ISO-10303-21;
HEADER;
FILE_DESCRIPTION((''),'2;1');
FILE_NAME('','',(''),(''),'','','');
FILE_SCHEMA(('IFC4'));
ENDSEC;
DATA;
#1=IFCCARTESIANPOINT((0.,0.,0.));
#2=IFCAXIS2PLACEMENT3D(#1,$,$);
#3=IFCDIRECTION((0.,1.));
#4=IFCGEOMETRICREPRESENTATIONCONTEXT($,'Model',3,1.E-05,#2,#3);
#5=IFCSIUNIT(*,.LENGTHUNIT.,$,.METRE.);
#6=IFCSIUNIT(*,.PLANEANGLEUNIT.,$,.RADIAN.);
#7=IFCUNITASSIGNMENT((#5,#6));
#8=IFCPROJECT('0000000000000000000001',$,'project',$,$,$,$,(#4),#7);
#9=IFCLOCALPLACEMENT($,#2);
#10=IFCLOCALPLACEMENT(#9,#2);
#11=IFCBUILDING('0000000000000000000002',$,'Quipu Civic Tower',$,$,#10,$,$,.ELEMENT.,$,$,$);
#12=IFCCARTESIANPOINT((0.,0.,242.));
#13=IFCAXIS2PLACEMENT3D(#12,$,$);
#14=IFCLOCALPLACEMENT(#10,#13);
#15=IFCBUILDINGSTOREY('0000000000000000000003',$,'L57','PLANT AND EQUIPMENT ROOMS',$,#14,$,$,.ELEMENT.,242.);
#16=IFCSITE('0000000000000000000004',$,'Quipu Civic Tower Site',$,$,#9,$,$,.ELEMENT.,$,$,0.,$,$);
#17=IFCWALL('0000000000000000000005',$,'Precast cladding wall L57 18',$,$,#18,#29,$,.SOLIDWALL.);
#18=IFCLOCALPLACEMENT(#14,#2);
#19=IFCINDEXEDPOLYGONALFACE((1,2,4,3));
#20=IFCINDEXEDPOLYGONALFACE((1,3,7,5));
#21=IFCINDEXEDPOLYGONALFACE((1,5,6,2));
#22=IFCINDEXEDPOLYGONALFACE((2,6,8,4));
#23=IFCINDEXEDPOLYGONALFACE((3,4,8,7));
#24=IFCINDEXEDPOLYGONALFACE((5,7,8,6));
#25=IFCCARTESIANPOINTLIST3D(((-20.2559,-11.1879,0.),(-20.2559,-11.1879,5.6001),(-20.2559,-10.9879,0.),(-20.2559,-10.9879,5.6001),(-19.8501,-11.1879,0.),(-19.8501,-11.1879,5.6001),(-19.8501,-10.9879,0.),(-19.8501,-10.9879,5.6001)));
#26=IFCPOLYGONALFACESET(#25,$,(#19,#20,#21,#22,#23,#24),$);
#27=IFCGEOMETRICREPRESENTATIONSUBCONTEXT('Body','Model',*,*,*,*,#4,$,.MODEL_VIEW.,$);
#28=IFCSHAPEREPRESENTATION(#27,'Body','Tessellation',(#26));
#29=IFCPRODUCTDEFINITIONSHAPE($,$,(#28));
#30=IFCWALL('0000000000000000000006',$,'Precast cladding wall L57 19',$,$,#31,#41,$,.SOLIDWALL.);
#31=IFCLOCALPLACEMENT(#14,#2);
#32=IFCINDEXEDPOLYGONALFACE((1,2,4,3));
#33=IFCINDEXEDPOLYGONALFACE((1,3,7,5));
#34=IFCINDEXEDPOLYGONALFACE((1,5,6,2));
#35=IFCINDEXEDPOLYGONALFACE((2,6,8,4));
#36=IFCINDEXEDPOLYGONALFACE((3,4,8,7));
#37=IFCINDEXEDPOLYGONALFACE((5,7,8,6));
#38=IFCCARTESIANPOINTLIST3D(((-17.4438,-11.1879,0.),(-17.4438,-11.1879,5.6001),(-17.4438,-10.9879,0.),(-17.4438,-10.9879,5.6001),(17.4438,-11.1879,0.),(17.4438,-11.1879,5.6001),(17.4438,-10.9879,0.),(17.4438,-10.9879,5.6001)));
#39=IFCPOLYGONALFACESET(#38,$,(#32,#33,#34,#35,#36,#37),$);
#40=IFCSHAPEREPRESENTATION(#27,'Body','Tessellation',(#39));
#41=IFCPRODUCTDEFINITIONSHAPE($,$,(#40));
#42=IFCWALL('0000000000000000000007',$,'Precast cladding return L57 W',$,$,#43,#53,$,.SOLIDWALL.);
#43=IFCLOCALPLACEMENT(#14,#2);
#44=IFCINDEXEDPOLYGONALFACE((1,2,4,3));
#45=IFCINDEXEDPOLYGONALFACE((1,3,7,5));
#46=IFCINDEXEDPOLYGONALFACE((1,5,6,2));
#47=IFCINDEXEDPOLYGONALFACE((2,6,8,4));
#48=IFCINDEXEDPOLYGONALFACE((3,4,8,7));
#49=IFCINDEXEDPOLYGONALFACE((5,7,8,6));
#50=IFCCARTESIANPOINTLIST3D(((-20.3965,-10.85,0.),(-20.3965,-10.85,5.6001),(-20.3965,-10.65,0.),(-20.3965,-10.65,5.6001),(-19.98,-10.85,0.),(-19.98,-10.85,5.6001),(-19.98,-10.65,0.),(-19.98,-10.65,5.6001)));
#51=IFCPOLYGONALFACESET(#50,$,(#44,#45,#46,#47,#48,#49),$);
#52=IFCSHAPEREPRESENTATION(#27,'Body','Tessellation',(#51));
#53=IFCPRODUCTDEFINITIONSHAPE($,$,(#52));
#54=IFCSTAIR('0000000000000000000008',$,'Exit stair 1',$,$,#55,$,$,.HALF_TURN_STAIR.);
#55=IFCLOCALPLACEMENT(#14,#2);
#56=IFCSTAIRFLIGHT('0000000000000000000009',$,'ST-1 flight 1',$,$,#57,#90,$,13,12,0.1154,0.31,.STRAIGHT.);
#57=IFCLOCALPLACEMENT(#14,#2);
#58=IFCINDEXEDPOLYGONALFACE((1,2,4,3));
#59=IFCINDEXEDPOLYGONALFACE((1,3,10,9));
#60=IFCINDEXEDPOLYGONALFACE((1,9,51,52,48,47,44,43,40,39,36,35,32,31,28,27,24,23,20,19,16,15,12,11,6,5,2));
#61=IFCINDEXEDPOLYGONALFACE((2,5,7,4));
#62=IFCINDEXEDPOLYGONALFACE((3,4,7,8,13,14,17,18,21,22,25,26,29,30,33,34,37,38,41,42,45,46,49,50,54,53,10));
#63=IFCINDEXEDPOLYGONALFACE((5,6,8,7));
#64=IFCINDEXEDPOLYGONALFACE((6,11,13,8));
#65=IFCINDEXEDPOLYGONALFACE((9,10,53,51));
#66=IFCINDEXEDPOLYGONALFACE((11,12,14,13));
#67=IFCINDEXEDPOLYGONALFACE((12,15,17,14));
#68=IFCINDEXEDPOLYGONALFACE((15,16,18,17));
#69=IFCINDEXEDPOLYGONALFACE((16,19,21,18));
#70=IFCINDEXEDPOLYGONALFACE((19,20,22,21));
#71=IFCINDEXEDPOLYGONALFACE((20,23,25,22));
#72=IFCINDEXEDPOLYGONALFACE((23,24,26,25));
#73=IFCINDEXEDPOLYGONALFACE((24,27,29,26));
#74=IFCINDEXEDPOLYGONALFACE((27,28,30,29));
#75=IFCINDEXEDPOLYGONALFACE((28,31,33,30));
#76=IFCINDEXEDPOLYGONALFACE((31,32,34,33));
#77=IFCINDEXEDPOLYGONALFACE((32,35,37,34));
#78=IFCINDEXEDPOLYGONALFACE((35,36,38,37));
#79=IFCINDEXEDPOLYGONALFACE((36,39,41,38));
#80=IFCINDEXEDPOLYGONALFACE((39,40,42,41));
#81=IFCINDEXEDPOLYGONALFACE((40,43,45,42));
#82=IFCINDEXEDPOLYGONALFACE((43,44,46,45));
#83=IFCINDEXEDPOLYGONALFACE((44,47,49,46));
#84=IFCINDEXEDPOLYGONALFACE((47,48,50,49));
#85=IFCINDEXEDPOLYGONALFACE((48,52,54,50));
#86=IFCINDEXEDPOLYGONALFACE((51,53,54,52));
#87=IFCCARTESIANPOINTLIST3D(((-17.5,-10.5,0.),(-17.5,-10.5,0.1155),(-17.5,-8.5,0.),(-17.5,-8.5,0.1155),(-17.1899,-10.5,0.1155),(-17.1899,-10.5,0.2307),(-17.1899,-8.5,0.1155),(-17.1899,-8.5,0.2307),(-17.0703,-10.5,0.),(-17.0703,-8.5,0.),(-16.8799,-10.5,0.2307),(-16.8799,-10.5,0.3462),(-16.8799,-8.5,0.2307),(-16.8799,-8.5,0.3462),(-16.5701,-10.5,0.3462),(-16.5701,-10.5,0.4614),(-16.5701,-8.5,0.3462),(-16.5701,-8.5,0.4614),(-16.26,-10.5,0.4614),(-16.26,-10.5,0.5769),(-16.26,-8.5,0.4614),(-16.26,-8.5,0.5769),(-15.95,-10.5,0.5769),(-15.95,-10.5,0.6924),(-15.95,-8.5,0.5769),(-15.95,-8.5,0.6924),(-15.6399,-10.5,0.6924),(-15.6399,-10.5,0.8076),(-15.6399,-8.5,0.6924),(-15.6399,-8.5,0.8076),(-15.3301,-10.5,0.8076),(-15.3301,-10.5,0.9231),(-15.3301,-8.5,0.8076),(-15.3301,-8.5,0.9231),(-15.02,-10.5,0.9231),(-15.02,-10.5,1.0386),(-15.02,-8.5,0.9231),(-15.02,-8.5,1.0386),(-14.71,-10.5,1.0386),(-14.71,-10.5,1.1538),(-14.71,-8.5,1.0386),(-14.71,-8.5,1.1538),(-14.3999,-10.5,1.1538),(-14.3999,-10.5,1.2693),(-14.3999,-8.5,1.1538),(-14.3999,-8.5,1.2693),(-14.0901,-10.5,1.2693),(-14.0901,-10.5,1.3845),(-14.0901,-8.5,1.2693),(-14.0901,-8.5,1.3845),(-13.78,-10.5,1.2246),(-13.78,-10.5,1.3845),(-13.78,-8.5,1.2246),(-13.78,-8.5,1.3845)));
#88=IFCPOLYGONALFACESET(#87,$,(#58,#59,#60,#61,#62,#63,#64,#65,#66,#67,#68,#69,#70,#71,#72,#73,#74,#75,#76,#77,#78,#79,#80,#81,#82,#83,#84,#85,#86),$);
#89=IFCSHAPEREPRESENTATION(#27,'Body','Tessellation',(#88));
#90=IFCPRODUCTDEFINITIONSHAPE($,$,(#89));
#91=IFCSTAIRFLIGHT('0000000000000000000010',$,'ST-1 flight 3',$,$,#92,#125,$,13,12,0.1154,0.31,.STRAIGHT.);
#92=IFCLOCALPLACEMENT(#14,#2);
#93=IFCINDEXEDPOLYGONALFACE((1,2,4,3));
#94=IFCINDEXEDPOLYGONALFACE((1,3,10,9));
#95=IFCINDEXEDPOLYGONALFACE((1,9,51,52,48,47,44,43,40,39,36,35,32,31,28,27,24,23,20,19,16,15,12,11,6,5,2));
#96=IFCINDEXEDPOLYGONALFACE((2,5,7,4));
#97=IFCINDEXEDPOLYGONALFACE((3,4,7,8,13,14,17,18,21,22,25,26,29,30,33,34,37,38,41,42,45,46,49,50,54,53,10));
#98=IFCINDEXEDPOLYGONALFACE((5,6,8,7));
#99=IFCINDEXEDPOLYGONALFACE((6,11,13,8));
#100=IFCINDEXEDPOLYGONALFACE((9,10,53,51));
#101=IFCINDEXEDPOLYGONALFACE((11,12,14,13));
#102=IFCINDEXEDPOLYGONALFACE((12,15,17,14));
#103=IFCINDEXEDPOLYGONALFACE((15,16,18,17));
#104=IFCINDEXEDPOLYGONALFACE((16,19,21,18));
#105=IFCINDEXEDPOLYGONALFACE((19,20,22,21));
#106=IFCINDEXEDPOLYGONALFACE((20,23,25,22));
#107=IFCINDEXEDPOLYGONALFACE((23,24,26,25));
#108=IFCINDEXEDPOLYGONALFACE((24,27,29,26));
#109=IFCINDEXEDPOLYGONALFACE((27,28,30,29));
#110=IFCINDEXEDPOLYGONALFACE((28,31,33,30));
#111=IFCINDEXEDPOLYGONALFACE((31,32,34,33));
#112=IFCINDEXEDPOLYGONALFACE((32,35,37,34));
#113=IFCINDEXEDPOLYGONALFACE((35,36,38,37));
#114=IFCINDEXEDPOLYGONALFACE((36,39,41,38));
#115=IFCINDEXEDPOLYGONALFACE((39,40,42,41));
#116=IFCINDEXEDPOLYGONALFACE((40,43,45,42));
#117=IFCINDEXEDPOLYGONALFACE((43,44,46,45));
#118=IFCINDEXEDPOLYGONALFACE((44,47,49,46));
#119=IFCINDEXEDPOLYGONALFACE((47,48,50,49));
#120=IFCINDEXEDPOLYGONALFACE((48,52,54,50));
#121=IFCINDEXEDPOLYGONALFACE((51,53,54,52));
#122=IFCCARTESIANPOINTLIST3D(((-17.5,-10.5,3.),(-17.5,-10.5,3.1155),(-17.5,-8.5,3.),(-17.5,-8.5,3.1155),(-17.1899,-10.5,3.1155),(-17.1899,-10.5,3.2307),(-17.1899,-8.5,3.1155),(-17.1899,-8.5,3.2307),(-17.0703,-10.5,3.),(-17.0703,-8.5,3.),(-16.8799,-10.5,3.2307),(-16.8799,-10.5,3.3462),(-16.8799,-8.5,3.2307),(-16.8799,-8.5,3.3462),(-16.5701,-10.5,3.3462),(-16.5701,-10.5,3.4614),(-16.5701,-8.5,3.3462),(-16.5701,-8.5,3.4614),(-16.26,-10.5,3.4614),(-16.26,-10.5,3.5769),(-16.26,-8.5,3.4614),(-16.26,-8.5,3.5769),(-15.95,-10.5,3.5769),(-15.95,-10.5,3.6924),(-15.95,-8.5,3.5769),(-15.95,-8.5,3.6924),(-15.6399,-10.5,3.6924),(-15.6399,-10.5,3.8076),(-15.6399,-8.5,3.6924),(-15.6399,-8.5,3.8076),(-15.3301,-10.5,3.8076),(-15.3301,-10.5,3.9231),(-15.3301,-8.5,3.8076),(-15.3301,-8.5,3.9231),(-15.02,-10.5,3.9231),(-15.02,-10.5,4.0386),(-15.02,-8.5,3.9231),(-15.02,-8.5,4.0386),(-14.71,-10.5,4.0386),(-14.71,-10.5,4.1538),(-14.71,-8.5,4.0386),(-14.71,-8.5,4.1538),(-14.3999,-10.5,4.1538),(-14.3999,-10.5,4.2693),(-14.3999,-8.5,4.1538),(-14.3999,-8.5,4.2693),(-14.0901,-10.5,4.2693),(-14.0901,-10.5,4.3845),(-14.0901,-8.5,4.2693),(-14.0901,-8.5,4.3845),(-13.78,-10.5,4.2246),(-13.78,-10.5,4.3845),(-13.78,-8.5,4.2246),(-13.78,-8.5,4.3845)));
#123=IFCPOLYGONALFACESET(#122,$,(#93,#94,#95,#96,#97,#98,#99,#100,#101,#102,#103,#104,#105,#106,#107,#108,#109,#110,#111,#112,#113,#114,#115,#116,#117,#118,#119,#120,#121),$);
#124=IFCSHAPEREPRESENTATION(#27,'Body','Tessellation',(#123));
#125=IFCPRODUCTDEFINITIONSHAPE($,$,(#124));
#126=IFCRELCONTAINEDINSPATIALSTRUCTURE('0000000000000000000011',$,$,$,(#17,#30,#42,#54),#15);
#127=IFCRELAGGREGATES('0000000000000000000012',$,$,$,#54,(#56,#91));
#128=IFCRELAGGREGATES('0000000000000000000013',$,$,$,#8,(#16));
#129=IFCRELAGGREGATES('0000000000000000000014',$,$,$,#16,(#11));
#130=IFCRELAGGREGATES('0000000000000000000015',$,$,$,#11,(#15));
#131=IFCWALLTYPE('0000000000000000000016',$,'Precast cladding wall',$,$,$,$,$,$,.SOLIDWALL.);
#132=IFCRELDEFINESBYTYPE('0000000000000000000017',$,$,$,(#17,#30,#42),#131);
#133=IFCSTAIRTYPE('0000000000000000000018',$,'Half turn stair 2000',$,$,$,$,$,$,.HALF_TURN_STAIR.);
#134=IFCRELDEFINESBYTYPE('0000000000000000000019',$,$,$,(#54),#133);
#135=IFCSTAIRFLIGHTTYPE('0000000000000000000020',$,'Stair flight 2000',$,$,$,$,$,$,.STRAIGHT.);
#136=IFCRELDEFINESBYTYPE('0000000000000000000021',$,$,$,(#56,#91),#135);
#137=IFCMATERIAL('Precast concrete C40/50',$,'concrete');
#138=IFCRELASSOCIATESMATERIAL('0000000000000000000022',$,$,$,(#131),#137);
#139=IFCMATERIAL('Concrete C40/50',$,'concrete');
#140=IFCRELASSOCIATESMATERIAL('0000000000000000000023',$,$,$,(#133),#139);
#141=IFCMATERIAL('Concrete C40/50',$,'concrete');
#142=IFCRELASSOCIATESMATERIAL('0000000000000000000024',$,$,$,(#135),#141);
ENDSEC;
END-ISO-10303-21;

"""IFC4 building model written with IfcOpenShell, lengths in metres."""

from ifc_helpers import new_model, si_unit, direction, frame, frame_2d, origin, place, context, subcontext, project, spatial, polyline, rectangle, outline, extrude, material, type_object, element, aggregate, save


model = new_model("IFC4")

# Units and contexts
model_context = context("Model", 3, precision=1e-05, world=origin(), true_north=direction((0.0, 1.0)))
body_context = subcontext(model_context, "Body", "Model", "MODEL_VIEW")
ifc_project = project(units=[si_unit("LENGTHUNIT", "METRE"), si_unit("PLANEANGLEUNIT", "RADIAN")], contexts=[model_context])

# Site, building, storey
site_placement = place(None, origin())
site = spatial("IfcSite", under=ifc_project, at=site_placement, Name="Quipu Civic Tower Site", CompositionType="ELEMENT", RefElevation=0.0)
building_placement = place(site_placement, origin())
building = spatial("IfcBuilding", under=site, at=building_placement, Name="Quipu Civic Tower", CompositionType="ELEMENT")
storey_placement = place(building_placement, frame((0.0, 0.0, 242.0)))
storey = spatial("IfcBuildingStorey", under=building, at=storey_placement, Name="L57", Description="PLANT AND EQUIPMENT ROOMS", CompositionType="ELEMENT", Elevation=242.0)

# Walls
ifc_material_1 = material(Name="Precast concrete C40/50", Category="concrete")
wall_type_1 = type_object("IfcWallType", Name="Precast cladding wall", PredefinedType="SOLIDWALL", material=ifc_material_1)
wall_1_placement = place(storey_placement, frame((-20.2559, -11.0879, 0.0), z_axis=(0.0, 0.0, 1.0), x_axis=(1.0, 0.0, 0.0)))
element("IfcWall", 1, at=wall_1_placement, inside=storey, type_object=wall_type_1, Name="Precast cladding wall L57 18", PredefinedType="SOLIDWALL", context=body_context, shape_type="SweptSolid", body=[
    extrude(rectangle(XDim=0.4058, YDim=0.2, at=frame_2d((0.2029, 0.0))), origin(), (0.0, 0.0, 1.0), 5.6001),
])
wall_2_placement = place(storey_placement, frame((-17.4438, -11.0879, 0.0), z_axis=(0.0, 0.0, 1.0), x_axis=(1.0, 0.0, 0.0)))
element("IfcWall", 2, at=wall_2_placement, inside=storey, type_object=wall_type_1, Name="Precast cladding wall L57 19", PredefinedType="SOLIDWALL", context=body_context, shape_type="SweptSolid", body=[
    extrude(rectangle(XDim=34.8877, YDim=0.2, at=frame_2d((17.4438, 0.0))), origin(), (0.0, 0.0, 1.0), 5.6001),
])
wall_3_placement = place(storey_placement, frame((-19.98, -10.75, 0.0), z_axis=(0.0, 0.0, 1.0), x_axis=(-1.0, 0.0, 0.0)))
element("IfcWall", 3, at=wall_3_placement, inside=storey, type_object=wall_type_1, Name="Precast cladding return L57 W", PredefinedType="SOLIDWALL", context=body_context, shape_type="SweptSolid", body=[
    extrude(rectangle(XDim=0.4165, YDim=0.2, at=frame_2d((0.2083, 0.0))), origin(), (0.0, 0.0, 1.0), 5.6001),
])

# Stair, stair flights
ifc_material_2 = material(Name="Concrete C40/50", Category="concrete")
stair_type = type_object("IfcStairType", Name="Half turn stair 2000", PredefinedType="HALF_TURN_STAIR", material=ifc_material_2)
stair_placement = place(storey_placement, origin())
stair = element("IfcStair", 4, at=stair_placement, inside=storey, type_object=stair_type, Name="Exit stair 1", PredefinedType="HALF_TURN_STAIR")
ifc_material_3 = material(Name="Concrete C40/50", Category="concrete")
stair_flight_type = type_object("IfcStairFlightType", Name="Stair flight 2000", PredefinedType="STRAIGHT", material=ifc_material_3)
stair_flight_1_placement = place(storey_placement, frame((-17.5, -9.5, 0.0), z_axis=(0.0, 0.0, 1.0), x_axis=(1.0, 0.0, 0.0)))
stair_flight_1 = element("IfcStairFlight", 5, at=stair_flight_1_placement, type_object=stair_flight_type, Name="ST-1 flight 1", NumberOfRisers=13, NumberOfTreads=12, PredefinedType="STRAIGHT", RiserHeight=0.1154, TreadLength=0.31, context=body_context, shape_type="SweptSolid", body=[
    extrude(outline(polyline([(0.0, 0.0), (0.0, 0.1155), (0.3101, 0.1155), (0.3101, 0.2307), (0.6201, 0.2307), (0.6201, 0.3462), (0.9299, 0.3462), (0.9299, 0.4614), (1.24, 0.4614), (1.24, 0.5769), (1.55, 0.5769), (1.55, 0.6924), (1.8601, 0.6924), (1.8601, 0.8076), (2.1699, 0.8076), (2.1699, 0.9231), (2.48, 0.9231), (2.48, 1.0386), (2.79, 1.0386), (2.79, 1.1538), (3.1001, 1.1538), (3.1001, 1.2693), (3.4099, 1.2693), (3.4099, 1.3845), (3.72, 1.3845), (3.72, 1.5), (3.72, 1.2246), (0.4297, 0.0), (0.0, 0.0)])), frame((0.0, 1.0, 0.0), z_axis=(0.0, -1.0, 0.0), x_axis=(1.0, 0.0, 0.0)), (0.0, 0.0, 1.0), 2.0),
])
stair_flight_2_placement = place(storey_placement, frame((-17.5, -9.5, 3.0), z_axis=(0.0, 0.0, 1.0), x_axis=(1.0, 0.0, 0.0)))
stair_flight_2 = element("IfcStairFlight", 6, at=stair_flight_2_placement, type_object=stair_flight_type, Name="ST-1 flight 3", NumberOfRisers=13, NumberOfTreads=12, PredefinedType="STRAIGHT", RiserHeight=0.1154, TreadLength=0.31, context=body_context, shape_type="SweptSolid", body=[
    extrude(outline(polyline([(0.0, 0.0), (0.0, 0.1155), (0.3101, 0.1155), (0.3101, 0.2307), (0.6201, 0.2307), (0.6201, 0.3462), (0.9299, 0.3462), (0.9299, 0.4614), (1.24, 0.4614), (1.24, 0.5769), (1.55, 0.5769), (1.55, 0.6924), (1.8601, 0.6924), (1.8601, 0.8076), (2.1699, 0.8076), (2.1699, 0.9231), (2.48, 0.9231), (2.48, 1.0386), (2.79, 1.0386), (2.79, 1.1538), (3.1001, 1.1538), (3.1001, 1.2693), (3.4099, 1.2693), (3.4099, 1.3845), (3.72, 1.3845), (3.72, 1.5), (3.72, 1.2246), (0.4297, 0.0), (0.0, 0.0)])), frame((0.0, 1.0, 0.0), z_axis=(0.0, -1.0, 0.0), x_axis=(1.0, 0.0, 0.0)), (0.0, 0.0, 1.0), 2.0),
])
aggregate(stair, [stair_flight_1, stair_flight_2])

save(model, "model.ifc")
